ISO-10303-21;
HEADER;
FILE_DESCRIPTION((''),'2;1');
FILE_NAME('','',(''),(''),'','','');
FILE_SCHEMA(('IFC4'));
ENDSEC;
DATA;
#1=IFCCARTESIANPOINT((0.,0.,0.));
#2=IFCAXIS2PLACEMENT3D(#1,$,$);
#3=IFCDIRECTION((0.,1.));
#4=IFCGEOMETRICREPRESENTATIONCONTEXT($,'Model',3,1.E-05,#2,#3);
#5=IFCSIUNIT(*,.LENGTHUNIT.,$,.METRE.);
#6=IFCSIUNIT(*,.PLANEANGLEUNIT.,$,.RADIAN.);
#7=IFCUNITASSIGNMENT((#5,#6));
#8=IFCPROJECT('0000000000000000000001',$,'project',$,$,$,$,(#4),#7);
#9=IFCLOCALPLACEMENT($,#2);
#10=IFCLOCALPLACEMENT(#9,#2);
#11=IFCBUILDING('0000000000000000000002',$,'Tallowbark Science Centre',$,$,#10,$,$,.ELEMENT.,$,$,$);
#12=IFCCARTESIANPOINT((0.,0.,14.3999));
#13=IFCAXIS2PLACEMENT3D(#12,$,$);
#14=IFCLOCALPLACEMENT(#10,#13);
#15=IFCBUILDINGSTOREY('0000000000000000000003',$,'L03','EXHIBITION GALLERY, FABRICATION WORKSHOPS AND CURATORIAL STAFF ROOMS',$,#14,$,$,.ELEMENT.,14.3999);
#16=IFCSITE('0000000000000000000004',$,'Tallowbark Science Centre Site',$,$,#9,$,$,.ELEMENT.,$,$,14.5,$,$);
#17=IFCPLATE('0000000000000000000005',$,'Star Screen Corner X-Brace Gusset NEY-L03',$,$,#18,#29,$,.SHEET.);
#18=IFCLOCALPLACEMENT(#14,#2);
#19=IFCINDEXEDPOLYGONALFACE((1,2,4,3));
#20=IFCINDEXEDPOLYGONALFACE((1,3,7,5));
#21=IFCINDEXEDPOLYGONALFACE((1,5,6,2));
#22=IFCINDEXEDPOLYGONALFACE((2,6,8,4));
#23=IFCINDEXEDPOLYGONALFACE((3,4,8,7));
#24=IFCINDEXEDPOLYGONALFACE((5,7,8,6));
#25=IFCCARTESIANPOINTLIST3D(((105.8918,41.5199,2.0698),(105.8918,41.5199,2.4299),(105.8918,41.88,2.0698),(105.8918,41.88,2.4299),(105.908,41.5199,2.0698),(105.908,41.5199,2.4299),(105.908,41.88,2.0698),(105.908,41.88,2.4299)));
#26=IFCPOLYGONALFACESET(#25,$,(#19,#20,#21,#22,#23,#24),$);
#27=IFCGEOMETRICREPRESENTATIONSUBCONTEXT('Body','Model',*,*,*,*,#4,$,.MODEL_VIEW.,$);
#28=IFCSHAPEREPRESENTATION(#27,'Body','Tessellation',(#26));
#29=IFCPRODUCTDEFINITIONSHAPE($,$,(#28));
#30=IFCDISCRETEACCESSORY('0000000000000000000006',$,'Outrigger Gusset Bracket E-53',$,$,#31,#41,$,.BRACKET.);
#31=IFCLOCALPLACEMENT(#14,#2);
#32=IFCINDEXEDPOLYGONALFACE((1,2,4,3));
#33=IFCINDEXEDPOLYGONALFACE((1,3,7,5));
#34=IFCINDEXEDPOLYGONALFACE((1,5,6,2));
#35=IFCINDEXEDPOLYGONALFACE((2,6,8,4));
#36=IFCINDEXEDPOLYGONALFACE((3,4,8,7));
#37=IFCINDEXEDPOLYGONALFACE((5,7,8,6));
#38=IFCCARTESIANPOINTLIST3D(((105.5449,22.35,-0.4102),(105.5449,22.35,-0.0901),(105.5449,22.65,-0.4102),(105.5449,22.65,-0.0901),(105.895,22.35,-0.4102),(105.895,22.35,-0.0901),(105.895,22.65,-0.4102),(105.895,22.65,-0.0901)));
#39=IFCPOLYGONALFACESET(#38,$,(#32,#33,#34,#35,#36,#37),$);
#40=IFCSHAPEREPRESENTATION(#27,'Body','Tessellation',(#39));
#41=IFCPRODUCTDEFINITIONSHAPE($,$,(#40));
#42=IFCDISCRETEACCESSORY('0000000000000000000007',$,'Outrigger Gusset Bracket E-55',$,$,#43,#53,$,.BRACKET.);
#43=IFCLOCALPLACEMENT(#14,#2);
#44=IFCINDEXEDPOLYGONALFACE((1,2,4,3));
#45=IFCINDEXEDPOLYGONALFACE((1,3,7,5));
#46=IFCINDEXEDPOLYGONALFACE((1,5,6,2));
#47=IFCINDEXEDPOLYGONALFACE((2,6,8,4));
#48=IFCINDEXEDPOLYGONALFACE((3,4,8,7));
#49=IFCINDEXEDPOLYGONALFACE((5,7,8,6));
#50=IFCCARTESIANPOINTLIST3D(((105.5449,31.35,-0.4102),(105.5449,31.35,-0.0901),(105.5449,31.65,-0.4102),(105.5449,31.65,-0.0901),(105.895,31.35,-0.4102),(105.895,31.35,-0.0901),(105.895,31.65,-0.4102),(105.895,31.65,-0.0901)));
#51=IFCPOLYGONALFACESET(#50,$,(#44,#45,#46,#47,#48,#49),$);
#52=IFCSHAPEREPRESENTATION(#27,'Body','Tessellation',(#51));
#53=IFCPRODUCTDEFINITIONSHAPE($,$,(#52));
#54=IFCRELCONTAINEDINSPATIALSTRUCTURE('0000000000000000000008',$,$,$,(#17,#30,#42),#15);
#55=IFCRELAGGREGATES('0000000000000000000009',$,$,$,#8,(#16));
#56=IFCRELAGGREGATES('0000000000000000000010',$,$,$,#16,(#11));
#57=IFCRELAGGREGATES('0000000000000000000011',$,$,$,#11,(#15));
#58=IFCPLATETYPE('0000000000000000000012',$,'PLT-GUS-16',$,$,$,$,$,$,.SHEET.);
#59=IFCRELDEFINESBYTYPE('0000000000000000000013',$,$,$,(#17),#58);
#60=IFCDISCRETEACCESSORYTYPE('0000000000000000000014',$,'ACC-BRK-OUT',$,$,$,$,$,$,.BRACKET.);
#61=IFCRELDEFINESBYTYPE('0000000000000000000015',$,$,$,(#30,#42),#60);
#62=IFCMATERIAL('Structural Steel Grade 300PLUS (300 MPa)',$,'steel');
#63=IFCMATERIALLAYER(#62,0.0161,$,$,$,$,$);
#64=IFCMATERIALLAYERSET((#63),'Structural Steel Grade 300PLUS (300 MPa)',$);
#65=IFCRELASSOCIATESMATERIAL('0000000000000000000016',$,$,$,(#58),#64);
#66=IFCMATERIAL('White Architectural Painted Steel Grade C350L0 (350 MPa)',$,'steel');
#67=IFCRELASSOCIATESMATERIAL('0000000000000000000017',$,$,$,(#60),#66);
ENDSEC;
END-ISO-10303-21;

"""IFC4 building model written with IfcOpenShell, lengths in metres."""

from ifc_helpers import new_model, si_unit, direction, frame, origin, origin_2d, place, context, subcontext, project, spatial, rectangle, extrude, material, layer, layer_set, type_object, element, save


model = new_model("IFC4")

# Units and contexts
model_context = context("Model", 3, precision=1e-05, world=origin(), true_north=direction((0.0, 1.0)))
body_context = subcontext(model_context, "Body", "Model", "MODEL_VIEW")
ifc_project = project(units=[si_unit("LENGTHUNIT", "METRE"), si_unit("PLANEANGLEUNIT", "RADIAN")], contexts=[model_context])

# Site, building, storey
site_placement = place(None, origin())
site = spatial("IfcSite", under=ifc_project, at=site_placement, Name="Tallowbark Science Centre Site", CompositionType="ELEMENT", RefElevation=14.5)
building_placement = place(site_placement, origin())
building = spatial("IfcBuilding", under=site, at=building_placement, Name="Tallowbark Science Centre", CompositionType="ELEMENT")
storey_placement = place(building_placement, frame((0.0, 0.0, 14.3999)))
storey = spatial("IfcBuildingStorey", under=building, at=storey_placement, Name="L03", Description="EXHIBITION GALLERY, FABRICATION WORKSHOPS AND CURATORIAL STAFF ROOMS", CompositionType="ELEMENT", Elevation=14.3999)

# Shared definitions
ifc_material_1 = material(Name="White Architectural Painted Steel Grade C350L0 (350 MPa)", Category="steel")

# Shared definitions
ifc_material_2 = material(Name="Structural Steel Grade 300PLUS (300 MPa)", Category="steel")

# Plate
ifc_layer = layer(ifc_material_2, 0.0161)
ifc_layer_set = layer_set([ifc_layer], Name="Structural Steel Grade 300PLUS (300 MPa)")
plate_type = type_object("IfcPlateType", Name="PLT-GUS-16", PredefinedType="SHEET", material=ifc_layer_set)
for number, where, z_axis, x_axis, name in (
    (1, (105.8999, 41.7, 2.0698), (0.0, 0.0, 1.0), (0.0, 1.0, 0.0), "Star Screen Corner X-Brace Gusset NEY-L03"),
):
    element("IfcPlate", number, at=place(storey_placement, frame(where, z_axis=z_axis, x_axis=x_axis)), inside=storey, type_object=plate_type, Name=name, PredefinedType="SHEET", context=body_context, shape_type="SweptSolid", body=[
        extrude(rectangle(XDim=0.3601, YDim=0.0161, at=origin_2d()), origin(), (0.0, 0.0, 1.0), 0.3601),
    ])

# Discrete accessories
discrete_accessory_type = type_object("IfcDiscreteAccessoryType", Name="ACC-BRK-OUT", PredefinedType="BRACKET", material=ifc_material_1)
for number, where, z_axis, x_axis, name in (
    (2, (105.72, 22.5, -0.4102), (0.0, 0.0, 1.0), (1.0, 0.0, 0.0), "Outrigger Gusset Bracket E-53"),
    (3, (105.72, 31.5, -0.4102), (0.0, 0.0, 1.0), (1.0, 0.0, 0.0), "Outrigger Gusset Bracket E-55"),
):
    element("IfcDiscreteAccessory", number, at=place(storey_placement, frame(where, z_axis=z_axis, x_axis=x_axis)), inside=storey, type_object=discrete_accessory_type, Name=name, PredefinedType="BRACKET", context=body_context, shape_type="SweptSolid", body=[
        extrude(rectangle(XDim=0.3501, YDim=0.3, at=origin_2d()), origin(), (0.0, 0.0, 1.0), 0.3201),
    ])

save(model, "model.ifc")
